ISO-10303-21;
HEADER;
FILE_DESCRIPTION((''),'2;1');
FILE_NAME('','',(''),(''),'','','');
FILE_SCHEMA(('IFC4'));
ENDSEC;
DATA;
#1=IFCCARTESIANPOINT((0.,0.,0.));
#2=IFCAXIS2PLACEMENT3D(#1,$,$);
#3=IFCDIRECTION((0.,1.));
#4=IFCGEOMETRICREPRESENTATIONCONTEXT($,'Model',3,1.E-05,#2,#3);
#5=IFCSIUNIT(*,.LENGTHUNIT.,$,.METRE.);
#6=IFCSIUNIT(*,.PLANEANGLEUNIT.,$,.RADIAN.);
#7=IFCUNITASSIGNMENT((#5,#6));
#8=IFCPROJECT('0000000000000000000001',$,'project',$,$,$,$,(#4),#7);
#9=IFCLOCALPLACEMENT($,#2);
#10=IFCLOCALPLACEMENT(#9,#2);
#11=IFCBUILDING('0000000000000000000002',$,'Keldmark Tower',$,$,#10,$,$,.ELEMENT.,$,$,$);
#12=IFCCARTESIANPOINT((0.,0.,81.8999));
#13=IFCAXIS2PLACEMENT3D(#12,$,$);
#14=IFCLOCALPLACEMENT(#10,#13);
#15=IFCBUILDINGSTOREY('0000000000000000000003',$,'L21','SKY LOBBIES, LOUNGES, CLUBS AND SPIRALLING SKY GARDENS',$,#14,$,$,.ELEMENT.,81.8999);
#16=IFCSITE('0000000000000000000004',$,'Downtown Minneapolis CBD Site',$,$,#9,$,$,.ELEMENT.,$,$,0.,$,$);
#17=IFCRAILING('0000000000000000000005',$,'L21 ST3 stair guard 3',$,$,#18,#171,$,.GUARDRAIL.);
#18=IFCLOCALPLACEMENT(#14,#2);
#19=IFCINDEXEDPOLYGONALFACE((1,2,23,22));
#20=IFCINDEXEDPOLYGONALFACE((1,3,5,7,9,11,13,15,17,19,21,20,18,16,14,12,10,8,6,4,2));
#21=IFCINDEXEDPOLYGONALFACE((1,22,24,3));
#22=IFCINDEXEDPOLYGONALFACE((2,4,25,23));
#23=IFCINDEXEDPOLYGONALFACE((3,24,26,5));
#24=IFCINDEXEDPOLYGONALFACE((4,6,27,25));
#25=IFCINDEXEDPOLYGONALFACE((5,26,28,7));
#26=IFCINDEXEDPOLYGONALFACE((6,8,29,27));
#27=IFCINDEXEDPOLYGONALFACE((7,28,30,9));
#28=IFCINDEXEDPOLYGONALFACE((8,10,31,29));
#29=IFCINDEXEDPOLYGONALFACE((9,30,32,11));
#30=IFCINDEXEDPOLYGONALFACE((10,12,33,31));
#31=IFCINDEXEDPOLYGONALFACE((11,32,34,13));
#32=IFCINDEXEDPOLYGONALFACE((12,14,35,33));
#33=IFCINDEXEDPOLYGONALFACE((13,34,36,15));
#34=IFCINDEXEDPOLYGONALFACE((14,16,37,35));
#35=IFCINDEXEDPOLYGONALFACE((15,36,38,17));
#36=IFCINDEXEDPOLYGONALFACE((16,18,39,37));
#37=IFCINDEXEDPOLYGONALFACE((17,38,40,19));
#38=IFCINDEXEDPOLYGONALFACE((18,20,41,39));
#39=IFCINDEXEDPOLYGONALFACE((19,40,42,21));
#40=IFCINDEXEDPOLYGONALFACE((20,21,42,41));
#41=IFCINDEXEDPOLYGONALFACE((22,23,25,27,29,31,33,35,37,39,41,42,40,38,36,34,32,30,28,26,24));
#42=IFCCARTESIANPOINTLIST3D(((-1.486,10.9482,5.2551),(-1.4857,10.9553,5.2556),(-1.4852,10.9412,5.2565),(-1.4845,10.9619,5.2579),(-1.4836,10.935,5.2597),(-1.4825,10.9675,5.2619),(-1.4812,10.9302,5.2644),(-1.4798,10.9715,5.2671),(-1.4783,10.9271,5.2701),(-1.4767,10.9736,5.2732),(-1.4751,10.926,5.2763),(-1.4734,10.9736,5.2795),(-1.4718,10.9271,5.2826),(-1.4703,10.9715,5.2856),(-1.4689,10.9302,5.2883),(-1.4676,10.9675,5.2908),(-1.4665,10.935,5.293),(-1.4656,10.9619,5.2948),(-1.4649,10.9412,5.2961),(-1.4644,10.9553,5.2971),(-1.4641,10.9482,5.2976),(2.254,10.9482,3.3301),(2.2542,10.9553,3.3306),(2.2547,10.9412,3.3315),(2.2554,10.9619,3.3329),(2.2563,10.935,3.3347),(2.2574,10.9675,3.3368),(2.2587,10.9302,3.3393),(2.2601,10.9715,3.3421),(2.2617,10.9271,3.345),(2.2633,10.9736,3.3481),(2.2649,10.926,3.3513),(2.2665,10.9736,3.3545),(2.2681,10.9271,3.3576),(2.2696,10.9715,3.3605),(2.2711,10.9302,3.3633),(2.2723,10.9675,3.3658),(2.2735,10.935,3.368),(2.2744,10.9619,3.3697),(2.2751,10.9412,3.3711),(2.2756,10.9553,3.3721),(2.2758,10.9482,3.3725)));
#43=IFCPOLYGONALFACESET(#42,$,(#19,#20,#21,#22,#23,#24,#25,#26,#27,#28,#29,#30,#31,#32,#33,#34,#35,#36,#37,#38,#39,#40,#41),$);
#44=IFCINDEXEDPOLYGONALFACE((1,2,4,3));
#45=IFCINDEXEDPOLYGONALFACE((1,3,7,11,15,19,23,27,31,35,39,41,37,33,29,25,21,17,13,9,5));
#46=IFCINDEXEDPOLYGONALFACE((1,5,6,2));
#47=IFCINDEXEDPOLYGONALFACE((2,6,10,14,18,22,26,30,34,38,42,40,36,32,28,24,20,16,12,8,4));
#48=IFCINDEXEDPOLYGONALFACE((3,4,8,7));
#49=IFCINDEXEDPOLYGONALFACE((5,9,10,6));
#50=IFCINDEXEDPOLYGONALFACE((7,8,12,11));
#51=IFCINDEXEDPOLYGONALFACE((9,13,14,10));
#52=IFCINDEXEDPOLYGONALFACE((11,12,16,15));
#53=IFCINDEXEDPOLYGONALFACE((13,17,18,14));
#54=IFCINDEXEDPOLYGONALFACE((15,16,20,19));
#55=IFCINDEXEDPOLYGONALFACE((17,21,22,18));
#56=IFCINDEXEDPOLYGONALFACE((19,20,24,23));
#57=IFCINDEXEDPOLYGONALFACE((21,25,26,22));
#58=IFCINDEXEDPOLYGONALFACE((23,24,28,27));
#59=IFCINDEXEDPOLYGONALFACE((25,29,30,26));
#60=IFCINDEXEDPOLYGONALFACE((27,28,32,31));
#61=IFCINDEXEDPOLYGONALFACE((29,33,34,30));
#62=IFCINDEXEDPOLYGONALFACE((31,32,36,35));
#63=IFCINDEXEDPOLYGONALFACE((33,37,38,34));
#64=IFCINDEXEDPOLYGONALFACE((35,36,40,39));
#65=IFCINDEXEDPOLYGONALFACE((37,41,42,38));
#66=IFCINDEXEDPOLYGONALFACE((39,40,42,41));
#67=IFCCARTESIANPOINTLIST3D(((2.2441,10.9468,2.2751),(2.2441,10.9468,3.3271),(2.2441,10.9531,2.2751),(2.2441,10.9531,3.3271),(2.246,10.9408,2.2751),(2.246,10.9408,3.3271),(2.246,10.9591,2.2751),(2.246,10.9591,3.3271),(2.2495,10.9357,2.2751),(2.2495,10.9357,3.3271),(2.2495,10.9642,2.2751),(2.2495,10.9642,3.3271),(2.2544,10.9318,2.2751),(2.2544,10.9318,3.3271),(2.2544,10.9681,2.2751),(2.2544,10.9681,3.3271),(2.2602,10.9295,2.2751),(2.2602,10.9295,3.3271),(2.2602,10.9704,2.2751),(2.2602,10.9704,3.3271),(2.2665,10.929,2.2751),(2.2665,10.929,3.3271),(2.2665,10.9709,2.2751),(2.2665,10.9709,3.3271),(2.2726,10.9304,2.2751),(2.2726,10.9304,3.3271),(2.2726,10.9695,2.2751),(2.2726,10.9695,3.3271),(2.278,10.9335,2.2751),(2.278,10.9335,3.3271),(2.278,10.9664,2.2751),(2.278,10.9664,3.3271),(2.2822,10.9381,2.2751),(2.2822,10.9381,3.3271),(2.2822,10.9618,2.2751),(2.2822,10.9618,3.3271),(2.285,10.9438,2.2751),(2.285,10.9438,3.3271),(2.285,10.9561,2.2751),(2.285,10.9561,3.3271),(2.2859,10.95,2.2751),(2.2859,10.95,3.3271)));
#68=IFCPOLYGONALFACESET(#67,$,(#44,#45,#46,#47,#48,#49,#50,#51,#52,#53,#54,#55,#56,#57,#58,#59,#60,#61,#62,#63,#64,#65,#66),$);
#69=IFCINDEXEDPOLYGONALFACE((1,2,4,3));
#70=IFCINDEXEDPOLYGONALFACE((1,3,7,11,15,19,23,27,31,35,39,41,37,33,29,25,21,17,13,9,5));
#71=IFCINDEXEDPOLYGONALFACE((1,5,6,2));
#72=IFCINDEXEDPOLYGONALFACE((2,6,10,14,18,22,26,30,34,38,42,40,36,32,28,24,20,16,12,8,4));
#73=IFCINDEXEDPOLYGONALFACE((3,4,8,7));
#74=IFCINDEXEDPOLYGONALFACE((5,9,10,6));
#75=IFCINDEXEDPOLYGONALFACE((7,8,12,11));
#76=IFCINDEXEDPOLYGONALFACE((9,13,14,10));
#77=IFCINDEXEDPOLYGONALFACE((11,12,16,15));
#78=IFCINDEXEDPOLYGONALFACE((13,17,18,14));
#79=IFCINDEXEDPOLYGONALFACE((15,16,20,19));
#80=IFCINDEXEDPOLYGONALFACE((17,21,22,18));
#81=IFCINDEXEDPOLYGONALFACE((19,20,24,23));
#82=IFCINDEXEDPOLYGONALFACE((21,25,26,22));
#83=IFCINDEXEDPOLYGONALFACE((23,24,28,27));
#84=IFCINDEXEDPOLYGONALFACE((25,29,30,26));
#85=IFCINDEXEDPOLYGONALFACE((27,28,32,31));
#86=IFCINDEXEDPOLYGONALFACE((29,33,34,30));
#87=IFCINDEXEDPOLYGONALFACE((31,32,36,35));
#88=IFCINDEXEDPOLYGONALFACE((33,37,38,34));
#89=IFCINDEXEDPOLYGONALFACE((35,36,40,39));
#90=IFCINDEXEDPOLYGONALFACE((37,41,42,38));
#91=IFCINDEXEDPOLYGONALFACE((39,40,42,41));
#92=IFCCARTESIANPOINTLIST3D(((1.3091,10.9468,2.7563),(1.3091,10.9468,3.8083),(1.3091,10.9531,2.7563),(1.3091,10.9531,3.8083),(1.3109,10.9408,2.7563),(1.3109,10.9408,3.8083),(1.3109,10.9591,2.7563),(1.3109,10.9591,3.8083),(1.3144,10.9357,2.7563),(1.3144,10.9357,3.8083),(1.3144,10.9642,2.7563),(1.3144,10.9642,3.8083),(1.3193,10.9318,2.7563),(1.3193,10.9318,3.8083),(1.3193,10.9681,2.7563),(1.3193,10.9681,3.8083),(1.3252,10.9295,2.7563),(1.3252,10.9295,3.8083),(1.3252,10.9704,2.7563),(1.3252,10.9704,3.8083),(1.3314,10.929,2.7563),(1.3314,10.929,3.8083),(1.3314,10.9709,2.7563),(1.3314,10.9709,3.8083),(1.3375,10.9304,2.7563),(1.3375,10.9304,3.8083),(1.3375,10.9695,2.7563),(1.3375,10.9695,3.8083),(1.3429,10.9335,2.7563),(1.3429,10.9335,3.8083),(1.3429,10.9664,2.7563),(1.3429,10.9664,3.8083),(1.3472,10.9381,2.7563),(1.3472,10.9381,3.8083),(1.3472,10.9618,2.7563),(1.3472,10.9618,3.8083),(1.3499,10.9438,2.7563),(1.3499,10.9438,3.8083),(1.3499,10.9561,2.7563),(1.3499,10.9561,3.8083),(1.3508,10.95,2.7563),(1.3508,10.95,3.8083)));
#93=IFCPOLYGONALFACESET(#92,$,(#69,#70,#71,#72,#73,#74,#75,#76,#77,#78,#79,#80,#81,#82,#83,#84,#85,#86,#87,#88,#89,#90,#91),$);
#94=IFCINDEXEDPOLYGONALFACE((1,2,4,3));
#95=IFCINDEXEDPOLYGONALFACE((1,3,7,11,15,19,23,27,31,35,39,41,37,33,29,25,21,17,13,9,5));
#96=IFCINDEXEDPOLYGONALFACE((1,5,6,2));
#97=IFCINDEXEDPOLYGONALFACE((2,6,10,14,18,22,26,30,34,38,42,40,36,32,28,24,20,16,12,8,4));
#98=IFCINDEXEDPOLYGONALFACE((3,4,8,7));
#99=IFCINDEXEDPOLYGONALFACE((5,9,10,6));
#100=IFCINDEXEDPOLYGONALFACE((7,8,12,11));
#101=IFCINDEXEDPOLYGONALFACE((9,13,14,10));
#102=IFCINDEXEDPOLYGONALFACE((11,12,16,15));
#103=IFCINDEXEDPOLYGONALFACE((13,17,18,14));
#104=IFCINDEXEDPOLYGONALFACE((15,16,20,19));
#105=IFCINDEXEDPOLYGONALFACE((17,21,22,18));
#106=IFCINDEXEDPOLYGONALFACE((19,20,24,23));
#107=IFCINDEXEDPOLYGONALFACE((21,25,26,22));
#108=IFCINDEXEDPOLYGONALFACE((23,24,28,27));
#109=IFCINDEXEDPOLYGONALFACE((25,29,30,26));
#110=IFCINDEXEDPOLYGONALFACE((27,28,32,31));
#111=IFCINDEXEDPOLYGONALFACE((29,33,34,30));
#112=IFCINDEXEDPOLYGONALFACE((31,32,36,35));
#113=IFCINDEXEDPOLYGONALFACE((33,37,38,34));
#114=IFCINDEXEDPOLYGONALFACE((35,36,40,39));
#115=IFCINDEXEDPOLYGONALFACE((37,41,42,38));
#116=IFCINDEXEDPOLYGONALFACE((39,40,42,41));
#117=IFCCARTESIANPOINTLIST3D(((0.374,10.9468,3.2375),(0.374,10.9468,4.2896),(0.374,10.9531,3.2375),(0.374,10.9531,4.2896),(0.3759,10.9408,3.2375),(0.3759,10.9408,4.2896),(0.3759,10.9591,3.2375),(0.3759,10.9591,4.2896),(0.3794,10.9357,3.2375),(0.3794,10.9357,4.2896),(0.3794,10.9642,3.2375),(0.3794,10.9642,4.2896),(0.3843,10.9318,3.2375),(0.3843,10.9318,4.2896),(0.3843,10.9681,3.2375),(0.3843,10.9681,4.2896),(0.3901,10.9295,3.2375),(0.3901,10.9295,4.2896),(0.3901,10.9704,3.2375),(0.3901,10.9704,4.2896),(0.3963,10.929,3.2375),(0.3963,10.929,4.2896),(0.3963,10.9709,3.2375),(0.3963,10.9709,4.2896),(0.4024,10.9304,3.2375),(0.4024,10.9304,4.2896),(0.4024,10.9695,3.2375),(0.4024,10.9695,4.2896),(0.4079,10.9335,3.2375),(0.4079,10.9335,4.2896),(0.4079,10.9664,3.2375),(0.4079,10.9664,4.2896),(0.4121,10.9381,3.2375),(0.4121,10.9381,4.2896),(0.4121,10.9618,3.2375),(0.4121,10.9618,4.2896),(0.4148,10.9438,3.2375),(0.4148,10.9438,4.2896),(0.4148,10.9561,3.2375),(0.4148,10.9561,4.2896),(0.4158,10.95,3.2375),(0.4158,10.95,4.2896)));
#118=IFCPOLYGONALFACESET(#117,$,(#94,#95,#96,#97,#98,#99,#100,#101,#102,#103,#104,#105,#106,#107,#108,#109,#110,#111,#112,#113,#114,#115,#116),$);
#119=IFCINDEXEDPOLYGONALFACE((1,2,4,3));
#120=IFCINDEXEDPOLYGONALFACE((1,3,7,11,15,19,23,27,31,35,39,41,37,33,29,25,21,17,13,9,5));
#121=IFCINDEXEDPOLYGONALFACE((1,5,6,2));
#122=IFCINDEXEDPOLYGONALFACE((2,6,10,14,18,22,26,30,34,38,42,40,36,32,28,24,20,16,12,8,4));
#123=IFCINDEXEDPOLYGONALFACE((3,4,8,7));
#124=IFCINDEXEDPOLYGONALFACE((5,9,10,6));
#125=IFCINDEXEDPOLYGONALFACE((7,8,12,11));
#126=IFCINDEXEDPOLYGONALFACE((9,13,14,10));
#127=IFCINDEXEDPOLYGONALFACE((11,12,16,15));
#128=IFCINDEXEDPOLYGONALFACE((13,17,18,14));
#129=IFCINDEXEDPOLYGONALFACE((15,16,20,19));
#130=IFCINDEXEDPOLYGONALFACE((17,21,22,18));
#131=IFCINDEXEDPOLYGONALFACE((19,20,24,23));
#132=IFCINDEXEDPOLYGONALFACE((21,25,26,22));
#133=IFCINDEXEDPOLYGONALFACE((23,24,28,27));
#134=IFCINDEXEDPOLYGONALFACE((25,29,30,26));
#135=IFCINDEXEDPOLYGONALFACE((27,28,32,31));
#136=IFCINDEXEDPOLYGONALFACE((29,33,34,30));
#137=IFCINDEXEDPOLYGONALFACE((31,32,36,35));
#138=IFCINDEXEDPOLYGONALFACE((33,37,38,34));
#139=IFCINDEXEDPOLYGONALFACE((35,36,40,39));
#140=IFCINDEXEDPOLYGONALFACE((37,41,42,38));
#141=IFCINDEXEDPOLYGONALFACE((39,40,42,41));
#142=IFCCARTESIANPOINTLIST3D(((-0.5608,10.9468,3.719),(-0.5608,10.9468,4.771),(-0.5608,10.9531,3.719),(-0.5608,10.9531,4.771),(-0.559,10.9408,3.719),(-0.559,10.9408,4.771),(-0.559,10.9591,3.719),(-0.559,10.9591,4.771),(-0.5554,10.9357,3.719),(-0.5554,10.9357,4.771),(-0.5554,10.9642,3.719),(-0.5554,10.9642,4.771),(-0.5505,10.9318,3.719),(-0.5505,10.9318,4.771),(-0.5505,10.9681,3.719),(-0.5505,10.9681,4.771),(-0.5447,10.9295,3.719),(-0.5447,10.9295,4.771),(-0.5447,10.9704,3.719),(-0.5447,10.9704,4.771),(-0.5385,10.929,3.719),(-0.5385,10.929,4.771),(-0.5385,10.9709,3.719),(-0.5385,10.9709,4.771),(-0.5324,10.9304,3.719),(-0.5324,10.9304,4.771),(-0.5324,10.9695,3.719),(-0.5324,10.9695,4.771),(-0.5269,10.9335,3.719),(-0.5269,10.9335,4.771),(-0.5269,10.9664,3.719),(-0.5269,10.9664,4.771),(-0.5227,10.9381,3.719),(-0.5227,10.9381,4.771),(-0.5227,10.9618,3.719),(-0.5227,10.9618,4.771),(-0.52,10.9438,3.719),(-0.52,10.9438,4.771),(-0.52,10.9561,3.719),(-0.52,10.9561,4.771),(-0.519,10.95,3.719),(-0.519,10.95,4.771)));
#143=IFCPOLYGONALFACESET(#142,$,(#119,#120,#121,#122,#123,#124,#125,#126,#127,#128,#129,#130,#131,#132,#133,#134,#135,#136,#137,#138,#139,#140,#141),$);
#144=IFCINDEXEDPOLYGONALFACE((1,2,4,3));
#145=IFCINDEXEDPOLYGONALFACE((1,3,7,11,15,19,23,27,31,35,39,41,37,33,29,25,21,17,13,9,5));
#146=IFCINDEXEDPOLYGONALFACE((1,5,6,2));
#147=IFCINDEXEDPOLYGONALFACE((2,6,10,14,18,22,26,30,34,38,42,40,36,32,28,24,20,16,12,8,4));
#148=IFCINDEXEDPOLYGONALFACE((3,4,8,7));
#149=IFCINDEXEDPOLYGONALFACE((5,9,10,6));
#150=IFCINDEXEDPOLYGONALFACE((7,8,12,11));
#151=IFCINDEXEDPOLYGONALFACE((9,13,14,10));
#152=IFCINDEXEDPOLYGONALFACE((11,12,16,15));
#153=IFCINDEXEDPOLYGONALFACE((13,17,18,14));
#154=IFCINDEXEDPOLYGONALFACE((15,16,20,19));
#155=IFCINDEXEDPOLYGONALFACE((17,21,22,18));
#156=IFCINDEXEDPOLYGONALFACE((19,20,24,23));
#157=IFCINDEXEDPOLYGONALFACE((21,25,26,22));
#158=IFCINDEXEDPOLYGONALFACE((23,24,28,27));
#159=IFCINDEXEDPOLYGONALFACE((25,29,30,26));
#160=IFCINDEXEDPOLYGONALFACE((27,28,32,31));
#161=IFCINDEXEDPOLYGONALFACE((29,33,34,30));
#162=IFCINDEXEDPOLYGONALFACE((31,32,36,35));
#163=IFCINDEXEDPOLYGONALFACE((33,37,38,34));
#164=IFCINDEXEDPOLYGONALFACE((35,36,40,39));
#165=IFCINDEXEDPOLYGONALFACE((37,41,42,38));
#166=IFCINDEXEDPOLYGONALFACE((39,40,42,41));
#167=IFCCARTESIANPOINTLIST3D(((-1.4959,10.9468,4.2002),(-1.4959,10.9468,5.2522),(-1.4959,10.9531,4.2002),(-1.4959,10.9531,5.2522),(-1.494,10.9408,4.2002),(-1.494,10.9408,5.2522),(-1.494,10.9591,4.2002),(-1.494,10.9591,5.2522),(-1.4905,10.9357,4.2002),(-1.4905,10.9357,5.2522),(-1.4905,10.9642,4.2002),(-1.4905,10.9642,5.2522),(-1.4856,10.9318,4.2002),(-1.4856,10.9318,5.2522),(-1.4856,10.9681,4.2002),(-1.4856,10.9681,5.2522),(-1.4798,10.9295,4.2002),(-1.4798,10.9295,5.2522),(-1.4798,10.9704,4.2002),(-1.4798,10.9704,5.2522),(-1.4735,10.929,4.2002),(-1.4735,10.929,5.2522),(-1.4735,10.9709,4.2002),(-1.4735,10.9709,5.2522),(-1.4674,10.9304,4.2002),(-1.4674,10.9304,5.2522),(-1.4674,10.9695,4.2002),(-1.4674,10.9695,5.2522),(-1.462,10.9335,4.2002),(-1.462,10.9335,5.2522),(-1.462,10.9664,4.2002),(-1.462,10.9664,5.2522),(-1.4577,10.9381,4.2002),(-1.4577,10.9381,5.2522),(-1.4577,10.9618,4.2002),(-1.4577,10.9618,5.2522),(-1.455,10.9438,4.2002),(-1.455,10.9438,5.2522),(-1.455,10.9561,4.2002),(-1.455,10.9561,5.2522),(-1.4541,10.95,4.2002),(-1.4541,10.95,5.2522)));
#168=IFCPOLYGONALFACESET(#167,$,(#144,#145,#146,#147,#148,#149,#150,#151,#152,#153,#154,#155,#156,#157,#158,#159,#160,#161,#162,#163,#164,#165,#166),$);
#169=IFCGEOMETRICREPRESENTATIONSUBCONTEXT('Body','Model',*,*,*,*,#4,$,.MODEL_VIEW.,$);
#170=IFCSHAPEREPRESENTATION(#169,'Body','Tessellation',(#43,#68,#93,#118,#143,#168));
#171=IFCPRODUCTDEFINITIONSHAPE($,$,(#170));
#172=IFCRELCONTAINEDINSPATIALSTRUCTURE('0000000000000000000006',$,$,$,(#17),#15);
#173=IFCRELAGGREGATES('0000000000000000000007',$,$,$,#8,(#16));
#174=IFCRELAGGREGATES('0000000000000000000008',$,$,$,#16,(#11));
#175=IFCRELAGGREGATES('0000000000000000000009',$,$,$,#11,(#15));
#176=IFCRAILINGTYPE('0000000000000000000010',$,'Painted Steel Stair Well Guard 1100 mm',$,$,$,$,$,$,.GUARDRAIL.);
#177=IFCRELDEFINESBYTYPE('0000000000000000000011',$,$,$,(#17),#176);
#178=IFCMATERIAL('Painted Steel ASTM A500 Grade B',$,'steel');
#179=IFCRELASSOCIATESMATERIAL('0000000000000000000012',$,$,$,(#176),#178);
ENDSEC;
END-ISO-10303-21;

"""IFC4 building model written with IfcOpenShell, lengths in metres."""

from ifc_helpers import new_model, si_unit, direction, frame, origin, origin_2d, place, context, subcontext, project, spatial, circle, extrude, material, type_object, element, save


model = new_model("IFC4")

# Units and contexts
model_context = context("Model", 3, precision=1e-05, world=origin(), true_north=direction((0.0, 1.0)))
body_context = subcontext(model_context, "Body", "Model", "MODEL_VIEW")
ifc_project = project(units=[si_unit("LENGTHUNIT", "METRE"), si_unit("PLANEANGLEUNIT", "RADIAN")], contexts=[model_context])

# Site, building, storey
site_placement = place(None, origin())
site = spatial("IfcSite", under=ifc_project, at=site_placement, Name="Downtown Minneapolis CBD Site", CompositionType="ELEMENT", RefElevation=0.0)
building_placement = place(site_placement, origin())
building = spatial("IfcBuilding", under=site, at=building_placement, Name="Keldmark Tower", CompositionType="ELEMENT")
storey_placement = place(building_placement, frame((0.0, 0.0, 81.8999)))
storey = spatial("IfcBuildingStorey", under=building, at=storey_placement, Name="L21", Description="SKY LOBBIES, LOUNGES, CLUBS AND SPIRALLING SKY GARDENS", CompositionType="ELEMENT", Elevation=81.8999)

# Railing
ifc_material_1 = material(Name="Painted Steel ASTM A500 Grade B", Category="steel")
railing_type_1 = type_object("IfcRailingType", Name="Painted Steel Stair Well Guard 1100 mm", PredefinedType="GUARDRAIL", material=ifc_material_1)
railing_1_placement = place(storey_placement, frame((2.2649, 10.95, 2.2751)))
element("IfcRailing", 1, at=railing_1_placement, inside=storey, type_object=railing_type_1, Name="L21 ST3 stair guard 3", PredefinedType="GUARDRAIL", context=body_context, shape_type="SweptSolid", body=[
    extrude(circle(Radius=0.0239, at=origin_2d()), frame((0.0, 0.0, 1.0762), z_axis=(-0.889131, 0.0, 0.457654), x_axis=(0.0, -1.0, 0.0)), (0.0, 0.0, 1.0), 4.2063),
    extrude(circle(Radius=0.021, at=origin_2d()), origin(), (0.0, 0.0, 1.0), 1.052),
    extrude(circle(Radius=0.021, at=origin_2d()), frame((-0.9351, 0.0, 0.4812)), (0.0, 0.0, 1.0), 1.052),
    extrude(circle(Radius=0.021, at=origin_2d()), frame((-1.8701, 0.0, 0.9624)), (0.0, 0.0, 1.0), 1.052),
    extrude(circle(Radius=0.021, at=origin_2d()), frame((-2.8049, 0.0, 1.4438)), (0.0, 0.0, 1.0), 1.052),
    extrude(circle(Radius=0.021, at=origin_2d()), frame((-3.74, 0.0, 1.925)), (0.0, 0.0, 1.0), 1.052),
])

save(model, "model.ifc")
